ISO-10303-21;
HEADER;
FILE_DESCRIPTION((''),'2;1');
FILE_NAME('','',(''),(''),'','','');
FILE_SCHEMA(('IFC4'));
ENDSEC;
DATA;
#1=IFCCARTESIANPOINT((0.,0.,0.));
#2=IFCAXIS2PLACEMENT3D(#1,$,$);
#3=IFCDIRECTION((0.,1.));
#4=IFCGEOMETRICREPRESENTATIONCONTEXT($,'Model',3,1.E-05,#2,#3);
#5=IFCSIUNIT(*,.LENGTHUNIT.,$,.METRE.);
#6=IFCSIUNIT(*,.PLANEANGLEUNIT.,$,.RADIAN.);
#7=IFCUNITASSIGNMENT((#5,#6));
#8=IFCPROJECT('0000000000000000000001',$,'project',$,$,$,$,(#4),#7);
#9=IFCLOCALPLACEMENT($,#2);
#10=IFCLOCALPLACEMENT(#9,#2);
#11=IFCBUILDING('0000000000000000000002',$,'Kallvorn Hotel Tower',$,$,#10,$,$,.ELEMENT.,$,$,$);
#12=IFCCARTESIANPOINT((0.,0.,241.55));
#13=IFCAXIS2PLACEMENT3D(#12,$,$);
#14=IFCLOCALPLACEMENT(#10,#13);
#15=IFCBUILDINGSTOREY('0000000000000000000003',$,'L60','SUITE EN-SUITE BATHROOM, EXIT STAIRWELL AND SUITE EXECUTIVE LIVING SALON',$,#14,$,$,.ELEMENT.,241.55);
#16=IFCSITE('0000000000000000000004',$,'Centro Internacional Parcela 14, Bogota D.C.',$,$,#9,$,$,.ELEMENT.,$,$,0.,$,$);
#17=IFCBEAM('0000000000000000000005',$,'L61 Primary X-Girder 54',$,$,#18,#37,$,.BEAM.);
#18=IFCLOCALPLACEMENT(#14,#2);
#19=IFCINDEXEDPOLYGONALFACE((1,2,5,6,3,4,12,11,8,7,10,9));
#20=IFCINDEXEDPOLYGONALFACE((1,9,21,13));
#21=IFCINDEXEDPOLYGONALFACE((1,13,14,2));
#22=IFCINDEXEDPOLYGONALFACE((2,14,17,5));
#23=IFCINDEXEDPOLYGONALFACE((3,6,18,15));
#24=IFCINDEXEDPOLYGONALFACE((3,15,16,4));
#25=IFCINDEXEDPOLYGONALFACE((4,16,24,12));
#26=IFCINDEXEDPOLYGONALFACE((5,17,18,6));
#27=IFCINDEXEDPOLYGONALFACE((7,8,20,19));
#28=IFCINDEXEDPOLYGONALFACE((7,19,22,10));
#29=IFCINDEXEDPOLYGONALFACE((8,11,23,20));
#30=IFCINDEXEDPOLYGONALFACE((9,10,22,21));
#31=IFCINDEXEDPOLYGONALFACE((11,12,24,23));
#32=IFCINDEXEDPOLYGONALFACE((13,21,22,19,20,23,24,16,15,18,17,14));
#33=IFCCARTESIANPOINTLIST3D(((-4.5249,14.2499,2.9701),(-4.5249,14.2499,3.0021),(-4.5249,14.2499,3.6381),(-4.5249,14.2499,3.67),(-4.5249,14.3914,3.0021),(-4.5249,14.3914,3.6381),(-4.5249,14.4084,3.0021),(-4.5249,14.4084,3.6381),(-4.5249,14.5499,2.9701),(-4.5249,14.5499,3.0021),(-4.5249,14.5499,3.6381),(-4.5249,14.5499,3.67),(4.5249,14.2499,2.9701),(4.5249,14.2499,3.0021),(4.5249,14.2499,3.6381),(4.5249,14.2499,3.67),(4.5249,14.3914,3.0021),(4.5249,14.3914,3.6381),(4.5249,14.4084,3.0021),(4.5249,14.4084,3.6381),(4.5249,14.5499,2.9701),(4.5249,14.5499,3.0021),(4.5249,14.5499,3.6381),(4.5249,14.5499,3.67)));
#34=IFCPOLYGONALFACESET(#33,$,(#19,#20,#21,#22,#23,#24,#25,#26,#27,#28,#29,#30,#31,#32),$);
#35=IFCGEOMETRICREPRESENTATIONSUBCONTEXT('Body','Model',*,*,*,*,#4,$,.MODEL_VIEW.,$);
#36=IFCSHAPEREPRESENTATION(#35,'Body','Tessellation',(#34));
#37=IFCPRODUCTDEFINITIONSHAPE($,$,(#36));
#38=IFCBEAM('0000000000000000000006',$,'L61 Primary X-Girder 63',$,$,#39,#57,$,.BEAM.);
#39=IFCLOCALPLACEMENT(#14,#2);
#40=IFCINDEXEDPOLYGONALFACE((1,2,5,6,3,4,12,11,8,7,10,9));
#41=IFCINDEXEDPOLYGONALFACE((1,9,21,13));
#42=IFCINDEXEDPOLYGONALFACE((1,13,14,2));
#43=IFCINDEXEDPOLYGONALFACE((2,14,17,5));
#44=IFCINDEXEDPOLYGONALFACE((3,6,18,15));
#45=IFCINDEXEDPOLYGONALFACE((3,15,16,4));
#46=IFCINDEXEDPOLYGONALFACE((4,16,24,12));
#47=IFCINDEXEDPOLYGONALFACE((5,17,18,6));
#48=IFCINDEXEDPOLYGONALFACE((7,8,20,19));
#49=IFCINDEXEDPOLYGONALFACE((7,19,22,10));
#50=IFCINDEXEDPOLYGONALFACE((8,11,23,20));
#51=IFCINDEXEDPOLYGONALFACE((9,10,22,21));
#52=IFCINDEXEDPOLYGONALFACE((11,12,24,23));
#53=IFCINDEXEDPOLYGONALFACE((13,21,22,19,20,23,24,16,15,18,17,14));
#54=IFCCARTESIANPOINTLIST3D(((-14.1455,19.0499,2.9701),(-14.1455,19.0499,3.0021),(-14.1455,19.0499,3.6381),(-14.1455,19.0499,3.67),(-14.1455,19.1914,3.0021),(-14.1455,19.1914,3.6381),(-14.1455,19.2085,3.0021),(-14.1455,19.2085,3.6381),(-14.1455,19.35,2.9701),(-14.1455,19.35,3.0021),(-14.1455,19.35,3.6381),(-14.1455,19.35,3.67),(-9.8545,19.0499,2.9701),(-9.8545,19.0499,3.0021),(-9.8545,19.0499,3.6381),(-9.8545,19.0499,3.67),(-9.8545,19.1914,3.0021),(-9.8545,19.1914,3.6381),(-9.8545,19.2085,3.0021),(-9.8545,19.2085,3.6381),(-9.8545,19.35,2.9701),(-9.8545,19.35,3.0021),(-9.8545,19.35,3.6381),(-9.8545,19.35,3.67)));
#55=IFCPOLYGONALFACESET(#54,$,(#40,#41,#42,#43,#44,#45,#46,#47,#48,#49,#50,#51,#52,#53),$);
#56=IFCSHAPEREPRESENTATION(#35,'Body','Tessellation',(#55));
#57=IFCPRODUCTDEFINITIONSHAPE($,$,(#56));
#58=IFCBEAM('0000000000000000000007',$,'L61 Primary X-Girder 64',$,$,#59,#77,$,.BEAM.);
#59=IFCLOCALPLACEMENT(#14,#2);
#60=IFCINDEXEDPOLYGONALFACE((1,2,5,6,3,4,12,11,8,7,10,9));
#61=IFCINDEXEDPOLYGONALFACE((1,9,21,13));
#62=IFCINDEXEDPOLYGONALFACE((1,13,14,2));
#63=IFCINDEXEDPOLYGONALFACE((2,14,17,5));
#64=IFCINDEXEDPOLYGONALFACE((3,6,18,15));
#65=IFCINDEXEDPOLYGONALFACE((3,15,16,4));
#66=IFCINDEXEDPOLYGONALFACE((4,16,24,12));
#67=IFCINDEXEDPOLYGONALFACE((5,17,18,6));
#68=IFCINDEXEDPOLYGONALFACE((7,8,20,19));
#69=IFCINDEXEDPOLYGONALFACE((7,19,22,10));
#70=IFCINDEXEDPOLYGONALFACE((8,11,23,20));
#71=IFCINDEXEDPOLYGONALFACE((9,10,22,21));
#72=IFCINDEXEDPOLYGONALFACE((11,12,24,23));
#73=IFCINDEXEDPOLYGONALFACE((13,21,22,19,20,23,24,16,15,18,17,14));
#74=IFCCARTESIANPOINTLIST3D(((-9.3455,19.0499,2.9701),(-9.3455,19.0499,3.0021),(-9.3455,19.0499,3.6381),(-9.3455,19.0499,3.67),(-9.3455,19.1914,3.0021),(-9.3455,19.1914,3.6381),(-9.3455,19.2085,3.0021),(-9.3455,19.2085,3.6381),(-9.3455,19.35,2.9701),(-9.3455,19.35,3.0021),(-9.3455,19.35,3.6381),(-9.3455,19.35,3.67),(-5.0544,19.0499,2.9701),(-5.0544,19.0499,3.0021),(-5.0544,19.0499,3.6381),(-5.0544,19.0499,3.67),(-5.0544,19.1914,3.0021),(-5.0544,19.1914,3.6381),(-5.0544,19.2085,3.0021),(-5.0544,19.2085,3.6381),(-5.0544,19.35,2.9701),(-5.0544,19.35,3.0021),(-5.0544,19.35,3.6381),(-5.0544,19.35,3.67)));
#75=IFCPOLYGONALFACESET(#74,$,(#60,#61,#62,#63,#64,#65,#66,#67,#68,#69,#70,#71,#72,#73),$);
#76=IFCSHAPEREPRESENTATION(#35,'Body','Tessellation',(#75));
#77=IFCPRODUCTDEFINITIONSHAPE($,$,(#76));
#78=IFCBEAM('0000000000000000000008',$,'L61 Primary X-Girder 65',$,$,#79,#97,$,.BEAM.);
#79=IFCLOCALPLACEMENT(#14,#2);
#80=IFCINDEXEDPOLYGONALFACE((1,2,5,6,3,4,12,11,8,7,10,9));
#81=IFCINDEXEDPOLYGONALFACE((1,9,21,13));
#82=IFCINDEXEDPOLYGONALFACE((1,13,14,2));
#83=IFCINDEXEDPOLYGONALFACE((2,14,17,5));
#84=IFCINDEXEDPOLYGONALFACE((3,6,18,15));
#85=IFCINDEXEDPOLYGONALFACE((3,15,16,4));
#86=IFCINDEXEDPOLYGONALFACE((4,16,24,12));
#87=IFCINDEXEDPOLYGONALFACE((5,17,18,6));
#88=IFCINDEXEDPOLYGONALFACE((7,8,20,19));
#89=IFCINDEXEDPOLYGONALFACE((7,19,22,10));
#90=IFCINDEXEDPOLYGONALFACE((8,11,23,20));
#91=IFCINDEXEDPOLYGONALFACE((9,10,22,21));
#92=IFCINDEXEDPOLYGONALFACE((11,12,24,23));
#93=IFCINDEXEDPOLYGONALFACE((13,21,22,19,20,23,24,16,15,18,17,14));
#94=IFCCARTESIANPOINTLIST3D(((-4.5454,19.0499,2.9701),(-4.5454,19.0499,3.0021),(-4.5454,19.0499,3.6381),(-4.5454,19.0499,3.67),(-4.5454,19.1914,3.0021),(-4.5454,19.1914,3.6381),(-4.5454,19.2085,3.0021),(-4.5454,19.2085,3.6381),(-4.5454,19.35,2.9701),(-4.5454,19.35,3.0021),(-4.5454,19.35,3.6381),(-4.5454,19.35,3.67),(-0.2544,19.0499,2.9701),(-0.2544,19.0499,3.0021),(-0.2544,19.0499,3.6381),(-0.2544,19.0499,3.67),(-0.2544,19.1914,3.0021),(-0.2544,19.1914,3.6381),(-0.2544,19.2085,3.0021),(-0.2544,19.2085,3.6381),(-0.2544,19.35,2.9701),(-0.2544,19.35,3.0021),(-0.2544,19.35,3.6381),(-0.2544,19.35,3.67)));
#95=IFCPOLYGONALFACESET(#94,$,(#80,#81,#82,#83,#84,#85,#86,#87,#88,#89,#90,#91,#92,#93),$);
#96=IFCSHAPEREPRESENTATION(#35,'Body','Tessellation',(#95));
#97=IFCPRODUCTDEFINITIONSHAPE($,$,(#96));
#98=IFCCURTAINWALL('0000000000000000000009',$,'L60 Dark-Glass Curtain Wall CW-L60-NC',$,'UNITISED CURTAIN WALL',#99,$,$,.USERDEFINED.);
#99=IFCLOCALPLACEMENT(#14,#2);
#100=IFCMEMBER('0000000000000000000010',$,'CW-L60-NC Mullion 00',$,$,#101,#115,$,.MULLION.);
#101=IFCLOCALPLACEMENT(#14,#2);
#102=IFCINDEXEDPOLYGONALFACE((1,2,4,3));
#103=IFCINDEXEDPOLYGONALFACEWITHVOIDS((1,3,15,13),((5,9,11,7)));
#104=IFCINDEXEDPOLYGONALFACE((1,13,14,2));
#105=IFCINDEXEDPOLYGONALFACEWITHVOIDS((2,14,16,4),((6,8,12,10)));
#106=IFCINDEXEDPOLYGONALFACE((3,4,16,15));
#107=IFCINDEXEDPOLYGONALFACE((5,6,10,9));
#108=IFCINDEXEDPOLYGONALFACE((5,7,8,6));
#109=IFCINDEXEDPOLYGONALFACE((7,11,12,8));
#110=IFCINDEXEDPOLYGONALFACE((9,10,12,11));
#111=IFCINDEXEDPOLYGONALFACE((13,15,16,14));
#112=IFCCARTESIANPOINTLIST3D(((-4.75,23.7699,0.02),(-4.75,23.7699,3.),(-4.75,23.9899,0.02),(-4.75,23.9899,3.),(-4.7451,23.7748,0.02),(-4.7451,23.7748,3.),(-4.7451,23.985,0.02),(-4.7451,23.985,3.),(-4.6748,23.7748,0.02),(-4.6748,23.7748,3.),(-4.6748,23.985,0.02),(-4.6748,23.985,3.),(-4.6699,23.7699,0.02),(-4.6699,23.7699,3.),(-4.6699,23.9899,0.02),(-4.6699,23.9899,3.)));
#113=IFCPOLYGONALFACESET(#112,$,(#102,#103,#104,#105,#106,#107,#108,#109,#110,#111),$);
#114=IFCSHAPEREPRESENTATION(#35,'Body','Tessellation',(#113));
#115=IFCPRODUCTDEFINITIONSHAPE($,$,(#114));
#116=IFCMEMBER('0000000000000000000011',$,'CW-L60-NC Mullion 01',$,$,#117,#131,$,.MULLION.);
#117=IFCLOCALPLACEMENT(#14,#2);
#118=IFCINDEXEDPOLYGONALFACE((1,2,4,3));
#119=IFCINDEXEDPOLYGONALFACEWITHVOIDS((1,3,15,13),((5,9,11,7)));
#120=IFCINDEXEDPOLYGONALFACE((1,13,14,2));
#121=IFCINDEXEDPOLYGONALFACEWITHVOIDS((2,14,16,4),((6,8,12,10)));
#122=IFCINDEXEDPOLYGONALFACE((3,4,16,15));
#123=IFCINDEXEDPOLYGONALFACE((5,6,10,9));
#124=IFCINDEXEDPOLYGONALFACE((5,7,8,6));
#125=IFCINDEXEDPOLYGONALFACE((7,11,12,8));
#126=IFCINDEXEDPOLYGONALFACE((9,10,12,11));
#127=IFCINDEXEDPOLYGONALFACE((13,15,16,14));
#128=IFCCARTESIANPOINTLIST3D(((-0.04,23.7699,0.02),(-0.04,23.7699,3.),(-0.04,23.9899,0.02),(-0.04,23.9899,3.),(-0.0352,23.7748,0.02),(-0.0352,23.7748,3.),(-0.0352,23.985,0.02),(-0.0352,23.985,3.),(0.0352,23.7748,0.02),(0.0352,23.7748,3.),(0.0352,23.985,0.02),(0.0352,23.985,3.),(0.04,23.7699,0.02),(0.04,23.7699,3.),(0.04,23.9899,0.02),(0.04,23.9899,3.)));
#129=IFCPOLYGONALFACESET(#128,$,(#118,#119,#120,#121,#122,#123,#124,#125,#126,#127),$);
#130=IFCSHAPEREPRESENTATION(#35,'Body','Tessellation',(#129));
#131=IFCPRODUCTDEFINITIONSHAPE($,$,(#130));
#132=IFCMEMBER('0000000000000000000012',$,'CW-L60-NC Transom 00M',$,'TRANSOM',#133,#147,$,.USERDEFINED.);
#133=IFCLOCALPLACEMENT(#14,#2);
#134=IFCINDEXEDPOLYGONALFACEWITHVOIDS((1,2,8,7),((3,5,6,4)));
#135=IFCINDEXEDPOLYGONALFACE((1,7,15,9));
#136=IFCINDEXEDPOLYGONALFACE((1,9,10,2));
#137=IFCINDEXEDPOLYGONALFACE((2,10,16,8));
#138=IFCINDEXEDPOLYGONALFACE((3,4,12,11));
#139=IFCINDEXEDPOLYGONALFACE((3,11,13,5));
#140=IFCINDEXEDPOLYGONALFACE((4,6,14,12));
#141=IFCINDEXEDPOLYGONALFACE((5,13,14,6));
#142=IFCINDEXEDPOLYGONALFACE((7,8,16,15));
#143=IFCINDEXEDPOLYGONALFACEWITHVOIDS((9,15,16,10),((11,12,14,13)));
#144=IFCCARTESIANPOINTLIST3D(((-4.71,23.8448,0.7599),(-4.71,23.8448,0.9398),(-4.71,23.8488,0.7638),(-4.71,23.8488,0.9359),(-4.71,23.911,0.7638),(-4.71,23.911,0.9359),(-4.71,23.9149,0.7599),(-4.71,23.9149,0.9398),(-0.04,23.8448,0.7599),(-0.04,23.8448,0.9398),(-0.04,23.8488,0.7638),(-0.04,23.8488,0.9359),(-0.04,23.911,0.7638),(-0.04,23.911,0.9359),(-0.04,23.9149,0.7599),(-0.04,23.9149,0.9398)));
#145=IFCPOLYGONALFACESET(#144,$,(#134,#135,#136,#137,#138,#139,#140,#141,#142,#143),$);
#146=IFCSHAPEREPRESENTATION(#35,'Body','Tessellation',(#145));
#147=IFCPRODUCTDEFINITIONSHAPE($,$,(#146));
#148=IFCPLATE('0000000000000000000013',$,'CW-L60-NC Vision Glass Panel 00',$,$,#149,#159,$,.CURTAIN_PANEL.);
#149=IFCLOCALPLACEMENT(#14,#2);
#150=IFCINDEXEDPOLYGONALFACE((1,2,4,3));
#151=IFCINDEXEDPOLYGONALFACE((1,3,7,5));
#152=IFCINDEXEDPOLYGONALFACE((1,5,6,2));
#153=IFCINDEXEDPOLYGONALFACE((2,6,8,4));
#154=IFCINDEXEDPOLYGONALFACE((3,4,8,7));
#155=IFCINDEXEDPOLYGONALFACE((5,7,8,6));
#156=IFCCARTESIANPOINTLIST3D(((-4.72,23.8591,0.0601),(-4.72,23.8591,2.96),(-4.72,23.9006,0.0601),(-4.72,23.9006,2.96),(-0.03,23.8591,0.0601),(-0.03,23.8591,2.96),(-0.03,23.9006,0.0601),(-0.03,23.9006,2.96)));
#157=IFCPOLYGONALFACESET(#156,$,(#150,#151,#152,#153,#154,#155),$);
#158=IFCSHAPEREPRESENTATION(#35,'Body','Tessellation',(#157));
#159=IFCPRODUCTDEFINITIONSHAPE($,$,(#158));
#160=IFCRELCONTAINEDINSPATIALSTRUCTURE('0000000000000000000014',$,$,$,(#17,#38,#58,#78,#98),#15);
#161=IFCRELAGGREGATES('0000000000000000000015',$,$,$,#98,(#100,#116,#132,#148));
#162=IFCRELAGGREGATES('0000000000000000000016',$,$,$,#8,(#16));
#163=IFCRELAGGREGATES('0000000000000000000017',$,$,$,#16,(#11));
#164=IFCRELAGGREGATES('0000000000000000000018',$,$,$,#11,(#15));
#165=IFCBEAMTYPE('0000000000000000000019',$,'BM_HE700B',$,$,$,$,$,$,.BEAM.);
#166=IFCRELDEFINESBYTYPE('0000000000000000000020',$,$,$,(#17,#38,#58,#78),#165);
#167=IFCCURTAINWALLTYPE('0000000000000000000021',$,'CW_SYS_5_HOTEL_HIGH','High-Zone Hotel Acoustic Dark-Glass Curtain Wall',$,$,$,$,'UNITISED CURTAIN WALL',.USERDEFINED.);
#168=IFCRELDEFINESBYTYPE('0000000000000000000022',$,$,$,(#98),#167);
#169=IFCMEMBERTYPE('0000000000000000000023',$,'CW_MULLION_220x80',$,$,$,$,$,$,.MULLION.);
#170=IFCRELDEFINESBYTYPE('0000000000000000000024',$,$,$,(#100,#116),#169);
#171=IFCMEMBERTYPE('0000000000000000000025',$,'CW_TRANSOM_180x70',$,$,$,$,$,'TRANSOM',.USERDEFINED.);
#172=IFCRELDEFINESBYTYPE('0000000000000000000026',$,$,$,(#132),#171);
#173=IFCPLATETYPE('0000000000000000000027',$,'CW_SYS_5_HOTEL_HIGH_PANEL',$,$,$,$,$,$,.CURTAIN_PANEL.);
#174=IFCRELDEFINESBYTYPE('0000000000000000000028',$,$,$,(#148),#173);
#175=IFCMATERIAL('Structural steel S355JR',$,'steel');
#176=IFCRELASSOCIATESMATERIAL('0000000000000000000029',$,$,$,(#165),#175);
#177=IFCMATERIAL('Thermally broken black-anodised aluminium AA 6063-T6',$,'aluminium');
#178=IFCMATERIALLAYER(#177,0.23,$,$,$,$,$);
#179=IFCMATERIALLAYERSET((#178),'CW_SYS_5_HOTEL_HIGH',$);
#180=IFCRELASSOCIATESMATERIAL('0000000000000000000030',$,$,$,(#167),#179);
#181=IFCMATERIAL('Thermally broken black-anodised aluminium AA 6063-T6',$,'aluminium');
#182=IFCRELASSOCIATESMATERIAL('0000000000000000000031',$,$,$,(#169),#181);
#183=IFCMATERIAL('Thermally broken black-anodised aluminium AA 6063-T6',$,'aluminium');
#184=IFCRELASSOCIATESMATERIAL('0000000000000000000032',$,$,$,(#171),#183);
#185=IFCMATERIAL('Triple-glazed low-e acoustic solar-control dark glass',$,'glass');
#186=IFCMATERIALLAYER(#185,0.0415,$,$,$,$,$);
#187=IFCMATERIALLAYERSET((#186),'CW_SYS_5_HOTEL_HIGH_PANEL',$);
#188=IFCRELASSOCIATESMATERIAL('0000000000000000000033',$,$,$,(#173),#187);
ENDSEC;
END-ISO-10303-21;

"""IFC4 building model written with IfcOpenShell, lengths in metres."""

from ifc_helpers import new_model, si_unit, direction, frame, origin, origin_2d, place, context, subcontext, project, spatial, rectangle, hollow_rectangle, i_section, extrude, material, layer, layer_set, material_profile, profile_set, type_object, element, aggregate, save


model = new_model("IFC4")

# Units and contexts
model_context = context("Model", 3, precision=1e-05, world=origin(), true_north=direction((0.0, 1.0)))
body_context = subcontext(model_context, "Body", "Model", "MODEL_VIEW")
ifc_project = project(units=[si_unit("LENGTHUNIT", "METRE"), si_unit("PLANEANGLEUNIT", "RADIAN")], contexts=[model_context])

# Site, building, storey
site_placement = place(None, origin())
site = spatial("IfcSite", under=ifc_project, at=site_placement, Name="Centro Internacional Parcela 14, Bogota D.C.", CompositionType="ELEMENT", RefElevation=0.0)
building_placement = place(site_placement, origin())
building = spatial("IfcBuilding", under=site, at=building_placement, Name="Kallvorn Hotel Tower", CompositionType="ELEMENT")
storey_placement = place(building_placement, frame((0.0, 0.0, 241.55)))
storey = spatial("IfcBuildingStorey", under=building, at=storey_placement, Name="L60", Description="SUITE EN-SUITE BATHROOM, EXIT STAIRWELL AND SUITE EXECUTIVE LIVING SALON", CompositionType="ELEMENT", Elevation=241.55)

# Beams
ifc_material_1 = material(Name="Structural steel S355JR", Category="steel")
ifc_material_profile_1 = material_profile(ifc_material_1, i_section(OverallWidth=0.3, OverallDepth=0.7, WebThickness=0.0171, FlangeThickness=0.032, at=origin_2d()), Name="HE 700 B")
ifc_profile_set_1 = profile_set([ifc_material_profile_1], Name="Structural steel S355JR")
beam_type_1 = type_object("IfcBeamType", Name="BM_HE700B", PredefinedType="BEAM", material=ifc_profile_set_1)
beam_1_placement = place(storey_placement, frame((-4.5249, 14.3999, 3.3201), z_axis=(1.0, 0.0, 0.0), x_axis=(0.0, 1.0, 0.0)))
element("IfcBeam", 1, at=beam_1_placement, inside=storey, type_object=beam_type_1, Name="L61 Primary X-Girder 54", PredefinedType="BEAM", context=body_context, shape_type="SweptSolid", body=[
    extrude(i_section(OverallWidth=0.3, OverallDepth=0.7, WebThickness=0.0171, FlangeThickness=0.032, at=origin_2d()), origin(), (0.0, 0.0, 1.0), 9.0498),
])
for number, where, z_axis, x_axis, name in (
    (2, (-14.1455, 19.2, 3.3201), (1.0, 0.0, 0.0), (0.0, 1.0, 0.0), "L61 Primary X-Girder 63"),
    (3, (-9.3455, 19.2, 3.3201), (1.0, 0.0, 0.0), (0.0, 1.0, 0.0), "L61 Primary X-Girder 64"),
    (4, (-4.5454, 19.2, 3.3201), (1.0, 0.0, 0.0), (0.0, 1.0, 0.0), "L61 Primary X-Girder 65"),
):
    element("IfcBeam", number, at=place(storey_placement, frame(where, z_axis=z_axis, x_axis=x_axis)), inside=storey, type_object=beam_type_1, Name=name, PredefinedType="BEAM", context=body_context, shape_type="SweptSolid", body=[
        extrude(i_section(OverallWidth=0.3, OverallDepth=0.7, WebThickness=0.0171, FlangeThickness=0.032, at=origin_2d()), origin(), (0.0, 0.0, 1.0), 4.291),
    ])

# Curtain wall, members, plate
ifc_material_2 = material(Name="Thermally broken black-anodised aluminium AA 6063-T6", Category="aluminium")
ifc_layer_1 = layer(ifc_material_2, 0.23)
ifc_layer_set_1 = layer_set([ifc_layer_1], Name="CW_SYS_5_HOTEL_HIGH")
curtain_wall_type = type_object("IfcCurtainWallType", Name="CW_SYS_5_HOTEL_HIGH", Description="High-Zone Hotel Acoustic Dark-Glass Curtain Wall", ElementType="UNITISED CURTAIN WALL", PredefinedType="USERDEFINED", material=ifc_layer_set_1)
curtain_wall_placement = place(storey_placement, origin())
curtain_wall = element("IfcCurtainWall", 5, at=curtain_wall_placement, inside=storey, type_object=curtain_wall_type, Name="L60 Dark-Glass Curtain Wall CW-L60-NC", ObjectType="UNITISED CURTAIN WALL", PredefinedType="USERDEFINED")
ifc_material_3 = material(Name="Thermally broken black-anodised aluminium AA 6063-T6", Category="aluminium")
ifc_material_profile_2 = material_profile(ifc_material_3, hollow_rectangle(XDim=0.0801, YDim=0.22, WallThickness=0.0049, at=origin_2d()), Name="MUL 220x80")
ifc_profile_set_2 = profile_set([ifc_material_profile_2], Name="Thermally broken black-anodised aluminium AA 6063-T6")
member_type_1 = type_object("IfcMemberType", Name="CW_MULLION_220x80", PredefinedType="MULLION", material=ifc_profile_set_2)
member_1_placement = place(storey_placement, frame((-4.71, 23.8799, 0.02), z_axis=(0.0, 0.0, 1.0), x_axis=(1.0, 0.0, 0.0)))
member_1 = element("IfcMember", 6, at=member_1_placement, type_object=member_type_1, Name="CW-L60-NC Mullion 00", PredefinedType="MULLION", context=body_context, shape_type="SweptSolid", body=[
    extrude(hollow_rectangle(XDim=0.0801, YDim=0.22, WallThickness=0.0049, at=origin_2d()), origin(), (0.0, 0.0, 1.0), 2.98),
])
member_2_placement = place(storey_placement, frame((0.0, 23.8799, 0.02), z_axis=(0.0, 0.0, 1.0), x_axis=(1.0, 0.0, 0.0)))
member_2 = element("IfcMember", 7, at=member_2_placement, type_object=member_type_1, Name="CW-L60-NC Mullion 01", PredefinedType="MULLION", context=body_context, shape_type="SweptSolid", body=[
    extrude(hollow_rectangle(XDim=0.0801, YDim=0.22, WallThickness=0.0049, at=origin_2d()), origin(), (0.0, 0.0, 1.0), 2.98),
])
ifc_material_4 = material(Name="Thermally broken black-anodised aluminium AA 6063-T6", Category="aluminium")
ifc_material_profile_3 = material_profile(ifc_material_4, hollow_rectangle(XDim=0.0701, YDim=0.1799, WallThickness=0.0039, at=origin_2d()), Name="TRN 180x70")
ifc_profile_set_3 = profile_set([ifc_material_profile_3], Name="Thermally broken black-anodised aluminium AA 6063-T6")
member_type_2 = type_object("IfcMemberType", Name="CW_TRANSOM_180x70", ElementType="TRANSOM", PredefinedType="USERDEFINED", material=ifc_profile_set_3)
member_3_placement = place(storey_placement, frame((-4.71, 23.8799, 0.8499), z_axis=(1.0, 0.0, 0.0), x_axis=(0.0, 1.0, 0.0)))
member_3 = element("IfcMember", 8, at=member_3_placement, type_object=member_type_2, Name="CW-L60-NC Transom 00M", ObjectType="TRANSOM", PredefinedType="USERDEFINED", context=body_context, shape_type="SweptSolid", body=[
    extrude(hollow_rectangle(XDim=0.0701, YDim=0.1799, WallThickness=0.0039, at=origin_2d()), origin(), (0.0, 0.0, 1.0), 4.6699),
])
ifc_material_5 = material(Name="Triple-glazed low-e acoustic solar-control dark glass", Category="glass")
ifc_layer_2 = layer(ifc_material_5, 0.0415)
ifc_layer_set_2 = layer_set([ifc_layer_2], Name="CW_SYS_5_HOTEL_HIGH_PANEL")
plate_type = type_object("IfcPlateType", Name="CW_SYS_5_HOTEL_HIGH_PANEL", PredefinedType="CURTAIN_PANEL", material=ifc_layer_set_2)
plate_placement = place(storey_placement, frame((-2.375, 23.8799, 0.0601), z_axis=(0.0, 0.0, 1.0), x_axis=(1.0, 0.0, 0.0)))
plate = element("IfcPlate", 9, at=plate_placement, type_object=plate_type, Name="CW-L60-NC Vision Glass Panel 00", PredefinedType="CURTAIN_PANEL", context=body_context, shape_type="SweptSolid", body=[
    extrude(rectangle(XDim=4.6899, YDim=0.0415, at=origin_2d()), origin(), (0.0, 0.0, 1.0), 2.8999),
])
aggregate(curtain_wall, [member_1, member_2, member_3, plate])

save(model, "model.ifc")
